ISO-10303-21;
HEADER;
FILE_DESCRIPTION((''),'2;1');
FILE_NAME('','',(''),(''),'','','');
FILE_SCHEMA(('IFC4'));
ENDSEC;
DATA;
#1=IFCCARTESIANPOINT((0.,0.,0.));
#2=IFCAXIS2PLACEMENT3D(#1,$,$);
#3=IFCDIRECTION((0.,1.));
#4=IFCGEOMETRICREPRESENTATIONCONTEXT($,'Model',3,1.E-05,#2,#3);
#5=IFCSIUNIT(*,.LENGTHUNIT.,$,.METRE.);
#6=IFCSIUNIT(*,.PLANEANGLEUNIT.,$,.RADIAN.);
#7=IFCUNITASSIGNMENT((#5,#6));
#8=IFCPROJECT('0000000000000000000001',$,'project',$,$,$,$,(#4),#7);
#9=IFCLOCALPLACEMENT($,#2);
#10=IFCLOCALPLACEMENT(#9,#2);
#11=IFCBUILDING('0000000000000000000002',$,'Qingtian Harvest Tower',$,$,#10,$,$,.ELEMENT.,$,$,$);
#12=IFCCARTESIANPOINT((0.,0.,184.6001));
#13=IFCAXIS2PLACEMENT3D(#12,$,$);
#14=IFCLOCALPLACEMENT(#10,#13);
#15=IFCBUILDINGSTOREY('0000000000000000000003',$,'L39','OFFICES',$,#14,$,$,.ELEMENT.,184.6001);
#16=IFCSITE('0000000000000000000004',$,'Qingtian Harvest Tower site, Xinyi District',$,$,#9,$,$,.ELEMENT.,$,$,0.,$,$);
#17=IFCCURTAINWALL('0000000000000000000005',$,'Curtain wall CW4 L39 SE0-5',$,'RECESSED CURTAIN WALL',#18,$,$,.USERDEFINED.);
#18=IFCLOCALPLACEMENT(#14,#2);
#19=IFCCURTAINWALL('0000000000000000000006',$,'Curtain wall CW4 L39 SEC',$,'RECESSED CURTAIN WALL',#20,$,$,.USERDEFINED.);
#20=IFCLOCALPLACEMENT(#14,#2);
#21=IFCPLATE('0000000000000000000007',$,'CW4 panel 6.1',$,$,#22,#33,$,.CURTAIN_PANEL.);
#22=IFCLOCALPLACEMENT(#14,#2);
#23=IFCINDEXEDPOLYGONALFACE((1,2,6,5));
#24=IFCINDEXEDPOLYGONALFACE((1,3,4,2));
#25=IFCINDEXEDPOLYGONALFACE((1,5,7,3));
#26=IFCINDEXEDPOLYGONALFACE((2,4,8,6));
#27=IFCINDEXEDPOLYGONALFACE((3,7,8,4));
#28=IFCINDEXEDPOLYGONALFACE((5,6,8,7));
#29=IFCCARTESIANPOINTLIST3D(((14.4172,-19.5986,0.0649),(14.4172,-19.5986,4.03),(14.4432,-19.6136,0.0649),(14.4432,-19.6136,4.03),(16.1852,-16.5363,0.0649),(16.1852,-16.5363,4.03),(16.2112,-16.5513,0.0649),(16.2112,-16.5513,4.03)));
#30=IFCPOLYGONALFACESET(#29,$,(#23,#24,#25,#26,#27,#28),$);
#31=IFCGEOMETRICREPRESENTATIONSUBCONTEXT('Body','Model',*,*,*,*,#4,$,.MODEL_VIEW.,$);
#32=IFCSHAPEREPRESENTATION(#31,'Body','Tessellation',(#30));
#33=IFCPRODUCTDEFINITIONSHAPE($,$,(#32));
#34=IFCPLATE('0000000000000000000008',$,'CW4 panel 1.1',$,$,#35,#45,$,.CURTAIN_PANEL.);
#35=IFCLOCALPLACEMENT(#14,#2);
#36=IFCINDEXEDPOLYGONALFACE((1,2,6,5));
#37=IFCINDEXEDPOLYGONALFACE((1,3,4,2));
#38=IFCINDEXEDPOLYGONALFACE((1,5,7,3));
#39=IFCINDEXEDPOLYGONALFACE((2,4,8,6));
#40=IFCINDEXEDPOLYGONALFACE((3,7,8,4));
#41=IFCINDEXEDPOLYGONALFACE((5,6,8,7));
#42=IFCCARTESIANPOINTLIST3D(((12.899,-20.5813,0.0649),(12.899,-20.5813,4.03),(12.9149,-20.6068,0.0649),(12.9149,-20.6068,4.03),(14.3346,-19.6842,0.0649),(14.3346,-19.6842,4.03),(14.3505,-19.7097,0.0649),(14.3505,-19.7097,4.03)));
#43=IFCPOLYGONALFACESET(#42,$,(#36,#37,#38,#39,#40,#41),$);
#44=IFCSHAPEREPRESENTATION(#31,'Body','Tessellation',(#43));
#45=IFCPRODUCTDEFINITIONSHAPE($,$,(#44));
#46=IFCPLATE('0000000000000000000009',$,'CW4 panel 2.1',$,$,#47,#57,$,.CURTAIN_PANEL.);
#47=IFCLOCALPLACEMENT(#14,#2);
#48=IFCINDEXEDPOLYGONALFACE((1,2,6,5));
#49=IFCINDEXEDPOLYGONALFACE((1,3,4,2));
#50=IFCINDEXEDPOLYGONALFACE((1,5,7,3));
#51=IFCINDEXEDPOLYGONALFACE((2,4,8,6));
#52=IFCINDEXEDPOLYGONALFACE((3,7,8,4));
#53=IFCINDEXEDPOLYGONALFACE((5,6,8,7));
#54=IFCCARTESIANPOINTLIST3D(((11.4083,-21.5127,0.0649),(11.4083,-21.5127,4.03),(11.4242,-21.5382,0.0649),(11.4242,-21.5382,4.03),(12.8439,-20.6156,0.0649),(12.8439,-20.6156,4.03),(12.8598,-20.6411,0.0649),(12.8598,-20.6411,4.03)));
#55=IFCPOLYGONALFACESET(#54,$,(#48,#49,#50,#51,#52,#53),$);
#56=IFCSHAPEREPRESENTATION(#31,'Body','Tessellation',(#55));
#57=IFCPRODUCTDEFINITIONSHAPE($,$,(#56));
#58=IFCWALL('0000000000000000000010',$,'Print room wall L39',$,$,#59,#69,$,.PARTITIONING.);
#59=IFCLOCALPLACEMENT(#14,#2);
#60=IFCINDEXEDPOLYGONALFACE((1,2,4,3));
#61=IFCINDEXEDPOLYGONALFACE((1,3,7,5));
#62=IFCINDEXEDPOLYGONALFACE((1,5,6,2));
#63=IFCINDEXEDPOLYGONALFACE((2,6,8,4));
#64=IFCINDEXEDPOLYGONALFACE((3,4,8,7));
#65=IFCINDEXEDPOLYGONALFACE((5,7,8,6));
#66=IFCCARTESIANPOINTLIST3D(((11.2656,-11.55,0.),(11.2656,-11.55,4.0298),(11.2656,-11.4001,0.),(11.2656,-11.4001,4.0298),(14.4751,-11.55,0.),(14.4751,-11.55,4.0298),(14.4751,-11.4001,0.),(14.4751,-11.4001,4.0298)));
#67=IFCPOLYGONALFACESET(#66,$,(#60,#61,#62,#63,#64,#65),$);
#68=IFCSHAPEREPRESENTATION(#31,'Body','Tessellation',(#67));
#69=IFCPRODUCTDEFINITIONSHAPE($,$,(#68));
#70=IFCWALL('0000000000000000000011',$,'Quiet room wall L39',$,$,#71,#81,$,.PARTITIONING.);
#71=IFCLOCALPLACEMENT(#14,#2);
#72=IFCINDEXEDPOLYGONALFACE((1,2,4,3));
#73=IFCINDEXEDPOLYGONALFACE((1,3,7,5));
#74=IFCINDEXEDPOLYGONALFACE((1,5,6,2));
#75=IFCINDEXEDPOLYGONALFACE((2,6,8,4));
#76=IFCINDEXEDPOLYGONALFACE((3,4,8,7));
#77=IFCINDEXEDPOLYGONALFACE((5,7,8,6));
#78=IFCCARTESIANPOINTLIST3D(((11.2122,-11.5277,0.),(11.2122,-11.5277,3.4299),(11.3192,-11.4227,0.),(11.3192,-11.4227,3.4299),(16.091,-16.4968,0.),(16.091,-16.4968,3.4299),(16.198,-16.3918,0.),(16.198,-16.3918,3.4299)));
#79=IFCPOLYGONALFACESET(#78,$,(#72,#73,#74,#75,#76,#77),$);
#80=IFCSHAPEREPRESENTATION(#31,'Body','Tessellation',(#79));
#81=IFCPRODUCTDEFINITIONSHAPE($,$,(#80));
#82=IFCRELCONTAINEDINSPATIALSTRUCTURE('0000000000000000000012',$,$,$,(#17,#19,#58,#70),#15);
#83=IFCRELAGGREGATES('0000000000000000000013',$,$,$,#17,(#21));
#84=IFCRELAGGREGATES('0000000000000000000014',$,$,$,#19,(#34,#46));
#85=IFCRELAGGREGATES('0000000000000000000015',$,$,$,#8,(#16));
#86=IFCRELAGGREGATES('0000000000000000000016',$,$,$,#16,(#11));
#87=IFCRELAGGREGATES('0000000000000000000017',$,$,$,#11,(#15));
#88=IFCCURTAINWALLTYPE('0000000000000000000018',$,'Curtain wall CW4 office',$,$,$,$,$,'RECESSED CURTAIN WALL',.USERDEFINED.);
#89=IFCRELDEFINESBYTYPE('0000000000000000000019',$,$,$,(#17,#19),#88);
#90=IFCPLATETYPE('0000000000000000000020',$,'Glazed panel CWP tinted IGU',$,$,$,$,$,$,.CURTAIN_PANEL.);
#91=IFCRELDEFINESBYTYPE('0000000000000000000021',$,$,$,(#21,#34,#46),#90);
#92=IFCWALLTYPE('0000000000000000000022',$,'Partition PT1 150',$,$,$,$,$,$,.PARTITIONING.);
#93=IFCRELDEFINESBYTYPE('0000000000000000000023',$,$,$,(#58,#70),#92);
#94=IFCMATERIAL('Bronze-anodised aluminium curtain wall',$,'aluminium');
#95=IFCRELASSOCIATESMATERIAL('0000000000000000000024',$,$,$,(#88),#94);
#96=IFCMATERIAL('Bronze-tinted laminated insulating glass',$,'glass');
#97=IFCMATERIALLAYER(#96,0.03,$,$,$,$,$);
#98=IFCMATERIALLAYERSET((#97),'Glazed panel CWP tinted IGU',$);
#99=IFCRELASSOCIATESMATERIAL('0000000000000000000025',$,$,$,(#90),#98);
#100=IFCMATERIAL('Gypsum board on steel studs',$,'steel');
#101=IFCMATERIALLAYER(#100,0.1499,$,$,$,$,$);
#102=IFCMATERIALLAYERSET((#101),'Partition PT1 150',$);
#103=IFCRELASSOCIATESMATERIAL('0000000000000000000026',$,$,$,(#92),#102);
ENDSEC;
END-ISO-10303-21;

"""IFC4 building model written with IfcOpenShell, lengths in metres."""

from ifc_helpers import new_model, si_unit, direction, frame, frame_2d, origin, origin_2d, place, context, subcontext, project, spatial, rectangle, extrude, material, layer, layer_set, type_object, element, aggregate, save


model = new_model("IFC4")

# Units and contexts
model_context = context("Model", 3, precision=1e-05, world=origin(), true_north=direction((0.0, 1.0)))
body_context = subcontext(model_context, "Body", "Model", "MODEL_VIEW")
ifc_project = project(units=[si_unit("LENGTHUNIT", "METRE"), si_unit("PLANEANGLEUNIT", "RADIAN")], contexts=[model_context])

# Site, building, storey
site_placement = place(None, origin())
site = spatial("IfcSite", under=ifc_project, at=site_placement, Name="Qingtian Harvest Tower site, Xinyi District", CompositionType="ELEMENT", RefElevation=0.0)
building_placement = place(site_placement, origin())
building = spatial("IfcBuilding", under=site, at=building_placement, Name="Qingtian Harvest Tower", CompositionType="ELEMENT")
storey_placement = place(building_placement, frame((0.0, 0.0, 184.6001)))
storey = spatial("IfcBuildingStorey", under=building, at=storey_placement, Name="L39", Description="OFFICES", CompositionType="ELEMENT", Elevation=184.6001)

# Curtain walls
ifc_material_1 = material(Name="Bronze-anodised aluminium curtain wall", Category="aluminium")
curtain_wall_type = type_object("IfcCurtainWallType", Name="Curtain wall CW4 office", ElementType="RECESSED CURTAIN WALL", PredefinedType="USERDEFINED", material=ifc_material_1)
curtain_wall_1_placement = place(storey_placement, origin())
curtain_wall_1 = element("IfcCurtainWall", 1, at=curtain_wall_1_placement, inside=storey, type_object=curtain_wall_type, Name="Curtain wall CW4 L39 SE0-5", ObjectType="RECESSED CURTAIN WALL", PredefinedType="USERDEFINED")
curtain_wall_2_placement = place(storey_placement, origin())
curtain_wall_2 = element("IfcCurtainWall", 2, at=curtain_wall_2_placement, inside=storey, type_object=curtain_wall_type, Name="Curtain wall CW4 L39 SEC", ObjectType="RECESSED CURTAIN WALL", PredefinedType="USERDEFINED")

# Plates
ifc_material_2 = material(Name="Bronze-tinted laminated insulating glass", Category="glass")
ifc_layer_1 = layer(ifc_material_2, 0.03)
ifc_layer_set_1 = layer_set([ifc_layer_1], Name="Glazed panel CWP tinted IGU")
plate_type = type_object("IfcPlateType", Name="Glazed panel CWP tinted IGU", PredefinedType="CURTAIN_PANEL", material=ifc_layer_set_1)
plate_1_placement = place(storey_placement, frame((15.3142, -18.075, 0.0649), z_axis=(0.0, 0.0, 1.0), x_axis=(-0.5, -0.866025, 0.0)))
plate_1 = element("IfcPlate", 3, at=plate_1_placement, type_object=plate_type, Name="CW4 panel 6.1", PredefinedType="CURTAIN_PANEL", context=body_context, shape_type="SweptSolid", body=[
    extrude(rectangle(XDim=3.5361, YDim=0.03, at=origin_2d()), origin(), (0.0, 0.0, 1.0), 3.9651),
])
aggregate(curtain_wall_1, [plate_1])
plate_2_placement = place(storey_placement, frame((13.6248, -20.1455, 0.0649), z_axis=(0.0, 0.0, 1.0), x_axis=(-0.848048, -0.529919, 0.0)))
plate_2 = element("IfcPlate", 4, at=plate_2_placement, type_object=plate_type, Name="CW4 panel 1.1", PredefinedType="CURTAIN_PANEL", context=body_context, shape_type="SweptSolid", body=[
    extrude(rectangle(XDim=1.6929, YDim=0.03, at=origin_2d()), origin(), (0.0, 0.0, 1.0), 3.9651),
])
plate_3_placement = place(storey_placement, frame((12.134, -21.0769, 0.0649), z_axis=(0.0, 0.0, 1.0), x_axis=(-0.848048, -0.529919, 0.0)))
plate_3 = element("IfcPlate", 5, at=plate_3_placement, type_object=plate_type, Name="CW4 panel 2.1", PredefinedType="CURTAIN_PANEL", context=body_context, shape_type="SweptSolid", body=[
    extrude(rectangle(XDim=1.6929, YDim=0.03, at=origin_2d()), origin(), (0.0, 0.0, 1.0), 3.9651),
])
aggregate(curtain_wall_2, [plate_2, plate_3])

# Walls
ifc_material_3 = material(Name="Gypsum board on steel studs", Category="steel")
ifc_layer_2 = layer(ifc_material_3, 0.1499)
ifc_layer_set_2 = layer_set([ifc_layer_2], Name="Partition PT1 150")
wall_type = type_object("IfcWallType", Name="Partition PT1 150", PredefinedType="PARTITIONING", material=ifc_layer_set_2)
wall_1_placement = place(storey_placement, frame((14.4751, -11.4751, 0.0), z_axis=(0.0, 0.0, 1.0), x_axis=(-1.0, 0.0, 0.0)))
element("IfcWall", 6, at=wall_1_placement, inside=storey, type_object=wall_type, Name="Print room wall L39", PredefinedType="PARTITIONING", context=body_context, shape_type="SweptSolid", body=[
    extrude(rectangle(XDim=3.2095, YDim=0.1499, at=frame_2d((1.6047, 0.0))), origin(), (0.0, 0.0, 1.0), 4.0298),
])
wall_2_placement = place(storey_placement, frame((16.1445, -16.4443, 0.0), z_axis=(0.0, 0.0, 1.0), x_axis=(-0.700591, 0.713563, 0.0)))
element("IfcWall", 7, at=wall_2_placement, inside=storey, type_object=wall_type, Name="Quiet room wall L39", PredefinedType="PARTITIONING", context=body_context, shape_type="SweptSolid", body=[
    extrude(rectangle(XDim=6.9639, YDim=0.1499, at=frame_2d((3.4819, 0.0))), origin(), (0.0, 0.0, 1.0), 3.4299),
])

save(model, "model.ifc")
